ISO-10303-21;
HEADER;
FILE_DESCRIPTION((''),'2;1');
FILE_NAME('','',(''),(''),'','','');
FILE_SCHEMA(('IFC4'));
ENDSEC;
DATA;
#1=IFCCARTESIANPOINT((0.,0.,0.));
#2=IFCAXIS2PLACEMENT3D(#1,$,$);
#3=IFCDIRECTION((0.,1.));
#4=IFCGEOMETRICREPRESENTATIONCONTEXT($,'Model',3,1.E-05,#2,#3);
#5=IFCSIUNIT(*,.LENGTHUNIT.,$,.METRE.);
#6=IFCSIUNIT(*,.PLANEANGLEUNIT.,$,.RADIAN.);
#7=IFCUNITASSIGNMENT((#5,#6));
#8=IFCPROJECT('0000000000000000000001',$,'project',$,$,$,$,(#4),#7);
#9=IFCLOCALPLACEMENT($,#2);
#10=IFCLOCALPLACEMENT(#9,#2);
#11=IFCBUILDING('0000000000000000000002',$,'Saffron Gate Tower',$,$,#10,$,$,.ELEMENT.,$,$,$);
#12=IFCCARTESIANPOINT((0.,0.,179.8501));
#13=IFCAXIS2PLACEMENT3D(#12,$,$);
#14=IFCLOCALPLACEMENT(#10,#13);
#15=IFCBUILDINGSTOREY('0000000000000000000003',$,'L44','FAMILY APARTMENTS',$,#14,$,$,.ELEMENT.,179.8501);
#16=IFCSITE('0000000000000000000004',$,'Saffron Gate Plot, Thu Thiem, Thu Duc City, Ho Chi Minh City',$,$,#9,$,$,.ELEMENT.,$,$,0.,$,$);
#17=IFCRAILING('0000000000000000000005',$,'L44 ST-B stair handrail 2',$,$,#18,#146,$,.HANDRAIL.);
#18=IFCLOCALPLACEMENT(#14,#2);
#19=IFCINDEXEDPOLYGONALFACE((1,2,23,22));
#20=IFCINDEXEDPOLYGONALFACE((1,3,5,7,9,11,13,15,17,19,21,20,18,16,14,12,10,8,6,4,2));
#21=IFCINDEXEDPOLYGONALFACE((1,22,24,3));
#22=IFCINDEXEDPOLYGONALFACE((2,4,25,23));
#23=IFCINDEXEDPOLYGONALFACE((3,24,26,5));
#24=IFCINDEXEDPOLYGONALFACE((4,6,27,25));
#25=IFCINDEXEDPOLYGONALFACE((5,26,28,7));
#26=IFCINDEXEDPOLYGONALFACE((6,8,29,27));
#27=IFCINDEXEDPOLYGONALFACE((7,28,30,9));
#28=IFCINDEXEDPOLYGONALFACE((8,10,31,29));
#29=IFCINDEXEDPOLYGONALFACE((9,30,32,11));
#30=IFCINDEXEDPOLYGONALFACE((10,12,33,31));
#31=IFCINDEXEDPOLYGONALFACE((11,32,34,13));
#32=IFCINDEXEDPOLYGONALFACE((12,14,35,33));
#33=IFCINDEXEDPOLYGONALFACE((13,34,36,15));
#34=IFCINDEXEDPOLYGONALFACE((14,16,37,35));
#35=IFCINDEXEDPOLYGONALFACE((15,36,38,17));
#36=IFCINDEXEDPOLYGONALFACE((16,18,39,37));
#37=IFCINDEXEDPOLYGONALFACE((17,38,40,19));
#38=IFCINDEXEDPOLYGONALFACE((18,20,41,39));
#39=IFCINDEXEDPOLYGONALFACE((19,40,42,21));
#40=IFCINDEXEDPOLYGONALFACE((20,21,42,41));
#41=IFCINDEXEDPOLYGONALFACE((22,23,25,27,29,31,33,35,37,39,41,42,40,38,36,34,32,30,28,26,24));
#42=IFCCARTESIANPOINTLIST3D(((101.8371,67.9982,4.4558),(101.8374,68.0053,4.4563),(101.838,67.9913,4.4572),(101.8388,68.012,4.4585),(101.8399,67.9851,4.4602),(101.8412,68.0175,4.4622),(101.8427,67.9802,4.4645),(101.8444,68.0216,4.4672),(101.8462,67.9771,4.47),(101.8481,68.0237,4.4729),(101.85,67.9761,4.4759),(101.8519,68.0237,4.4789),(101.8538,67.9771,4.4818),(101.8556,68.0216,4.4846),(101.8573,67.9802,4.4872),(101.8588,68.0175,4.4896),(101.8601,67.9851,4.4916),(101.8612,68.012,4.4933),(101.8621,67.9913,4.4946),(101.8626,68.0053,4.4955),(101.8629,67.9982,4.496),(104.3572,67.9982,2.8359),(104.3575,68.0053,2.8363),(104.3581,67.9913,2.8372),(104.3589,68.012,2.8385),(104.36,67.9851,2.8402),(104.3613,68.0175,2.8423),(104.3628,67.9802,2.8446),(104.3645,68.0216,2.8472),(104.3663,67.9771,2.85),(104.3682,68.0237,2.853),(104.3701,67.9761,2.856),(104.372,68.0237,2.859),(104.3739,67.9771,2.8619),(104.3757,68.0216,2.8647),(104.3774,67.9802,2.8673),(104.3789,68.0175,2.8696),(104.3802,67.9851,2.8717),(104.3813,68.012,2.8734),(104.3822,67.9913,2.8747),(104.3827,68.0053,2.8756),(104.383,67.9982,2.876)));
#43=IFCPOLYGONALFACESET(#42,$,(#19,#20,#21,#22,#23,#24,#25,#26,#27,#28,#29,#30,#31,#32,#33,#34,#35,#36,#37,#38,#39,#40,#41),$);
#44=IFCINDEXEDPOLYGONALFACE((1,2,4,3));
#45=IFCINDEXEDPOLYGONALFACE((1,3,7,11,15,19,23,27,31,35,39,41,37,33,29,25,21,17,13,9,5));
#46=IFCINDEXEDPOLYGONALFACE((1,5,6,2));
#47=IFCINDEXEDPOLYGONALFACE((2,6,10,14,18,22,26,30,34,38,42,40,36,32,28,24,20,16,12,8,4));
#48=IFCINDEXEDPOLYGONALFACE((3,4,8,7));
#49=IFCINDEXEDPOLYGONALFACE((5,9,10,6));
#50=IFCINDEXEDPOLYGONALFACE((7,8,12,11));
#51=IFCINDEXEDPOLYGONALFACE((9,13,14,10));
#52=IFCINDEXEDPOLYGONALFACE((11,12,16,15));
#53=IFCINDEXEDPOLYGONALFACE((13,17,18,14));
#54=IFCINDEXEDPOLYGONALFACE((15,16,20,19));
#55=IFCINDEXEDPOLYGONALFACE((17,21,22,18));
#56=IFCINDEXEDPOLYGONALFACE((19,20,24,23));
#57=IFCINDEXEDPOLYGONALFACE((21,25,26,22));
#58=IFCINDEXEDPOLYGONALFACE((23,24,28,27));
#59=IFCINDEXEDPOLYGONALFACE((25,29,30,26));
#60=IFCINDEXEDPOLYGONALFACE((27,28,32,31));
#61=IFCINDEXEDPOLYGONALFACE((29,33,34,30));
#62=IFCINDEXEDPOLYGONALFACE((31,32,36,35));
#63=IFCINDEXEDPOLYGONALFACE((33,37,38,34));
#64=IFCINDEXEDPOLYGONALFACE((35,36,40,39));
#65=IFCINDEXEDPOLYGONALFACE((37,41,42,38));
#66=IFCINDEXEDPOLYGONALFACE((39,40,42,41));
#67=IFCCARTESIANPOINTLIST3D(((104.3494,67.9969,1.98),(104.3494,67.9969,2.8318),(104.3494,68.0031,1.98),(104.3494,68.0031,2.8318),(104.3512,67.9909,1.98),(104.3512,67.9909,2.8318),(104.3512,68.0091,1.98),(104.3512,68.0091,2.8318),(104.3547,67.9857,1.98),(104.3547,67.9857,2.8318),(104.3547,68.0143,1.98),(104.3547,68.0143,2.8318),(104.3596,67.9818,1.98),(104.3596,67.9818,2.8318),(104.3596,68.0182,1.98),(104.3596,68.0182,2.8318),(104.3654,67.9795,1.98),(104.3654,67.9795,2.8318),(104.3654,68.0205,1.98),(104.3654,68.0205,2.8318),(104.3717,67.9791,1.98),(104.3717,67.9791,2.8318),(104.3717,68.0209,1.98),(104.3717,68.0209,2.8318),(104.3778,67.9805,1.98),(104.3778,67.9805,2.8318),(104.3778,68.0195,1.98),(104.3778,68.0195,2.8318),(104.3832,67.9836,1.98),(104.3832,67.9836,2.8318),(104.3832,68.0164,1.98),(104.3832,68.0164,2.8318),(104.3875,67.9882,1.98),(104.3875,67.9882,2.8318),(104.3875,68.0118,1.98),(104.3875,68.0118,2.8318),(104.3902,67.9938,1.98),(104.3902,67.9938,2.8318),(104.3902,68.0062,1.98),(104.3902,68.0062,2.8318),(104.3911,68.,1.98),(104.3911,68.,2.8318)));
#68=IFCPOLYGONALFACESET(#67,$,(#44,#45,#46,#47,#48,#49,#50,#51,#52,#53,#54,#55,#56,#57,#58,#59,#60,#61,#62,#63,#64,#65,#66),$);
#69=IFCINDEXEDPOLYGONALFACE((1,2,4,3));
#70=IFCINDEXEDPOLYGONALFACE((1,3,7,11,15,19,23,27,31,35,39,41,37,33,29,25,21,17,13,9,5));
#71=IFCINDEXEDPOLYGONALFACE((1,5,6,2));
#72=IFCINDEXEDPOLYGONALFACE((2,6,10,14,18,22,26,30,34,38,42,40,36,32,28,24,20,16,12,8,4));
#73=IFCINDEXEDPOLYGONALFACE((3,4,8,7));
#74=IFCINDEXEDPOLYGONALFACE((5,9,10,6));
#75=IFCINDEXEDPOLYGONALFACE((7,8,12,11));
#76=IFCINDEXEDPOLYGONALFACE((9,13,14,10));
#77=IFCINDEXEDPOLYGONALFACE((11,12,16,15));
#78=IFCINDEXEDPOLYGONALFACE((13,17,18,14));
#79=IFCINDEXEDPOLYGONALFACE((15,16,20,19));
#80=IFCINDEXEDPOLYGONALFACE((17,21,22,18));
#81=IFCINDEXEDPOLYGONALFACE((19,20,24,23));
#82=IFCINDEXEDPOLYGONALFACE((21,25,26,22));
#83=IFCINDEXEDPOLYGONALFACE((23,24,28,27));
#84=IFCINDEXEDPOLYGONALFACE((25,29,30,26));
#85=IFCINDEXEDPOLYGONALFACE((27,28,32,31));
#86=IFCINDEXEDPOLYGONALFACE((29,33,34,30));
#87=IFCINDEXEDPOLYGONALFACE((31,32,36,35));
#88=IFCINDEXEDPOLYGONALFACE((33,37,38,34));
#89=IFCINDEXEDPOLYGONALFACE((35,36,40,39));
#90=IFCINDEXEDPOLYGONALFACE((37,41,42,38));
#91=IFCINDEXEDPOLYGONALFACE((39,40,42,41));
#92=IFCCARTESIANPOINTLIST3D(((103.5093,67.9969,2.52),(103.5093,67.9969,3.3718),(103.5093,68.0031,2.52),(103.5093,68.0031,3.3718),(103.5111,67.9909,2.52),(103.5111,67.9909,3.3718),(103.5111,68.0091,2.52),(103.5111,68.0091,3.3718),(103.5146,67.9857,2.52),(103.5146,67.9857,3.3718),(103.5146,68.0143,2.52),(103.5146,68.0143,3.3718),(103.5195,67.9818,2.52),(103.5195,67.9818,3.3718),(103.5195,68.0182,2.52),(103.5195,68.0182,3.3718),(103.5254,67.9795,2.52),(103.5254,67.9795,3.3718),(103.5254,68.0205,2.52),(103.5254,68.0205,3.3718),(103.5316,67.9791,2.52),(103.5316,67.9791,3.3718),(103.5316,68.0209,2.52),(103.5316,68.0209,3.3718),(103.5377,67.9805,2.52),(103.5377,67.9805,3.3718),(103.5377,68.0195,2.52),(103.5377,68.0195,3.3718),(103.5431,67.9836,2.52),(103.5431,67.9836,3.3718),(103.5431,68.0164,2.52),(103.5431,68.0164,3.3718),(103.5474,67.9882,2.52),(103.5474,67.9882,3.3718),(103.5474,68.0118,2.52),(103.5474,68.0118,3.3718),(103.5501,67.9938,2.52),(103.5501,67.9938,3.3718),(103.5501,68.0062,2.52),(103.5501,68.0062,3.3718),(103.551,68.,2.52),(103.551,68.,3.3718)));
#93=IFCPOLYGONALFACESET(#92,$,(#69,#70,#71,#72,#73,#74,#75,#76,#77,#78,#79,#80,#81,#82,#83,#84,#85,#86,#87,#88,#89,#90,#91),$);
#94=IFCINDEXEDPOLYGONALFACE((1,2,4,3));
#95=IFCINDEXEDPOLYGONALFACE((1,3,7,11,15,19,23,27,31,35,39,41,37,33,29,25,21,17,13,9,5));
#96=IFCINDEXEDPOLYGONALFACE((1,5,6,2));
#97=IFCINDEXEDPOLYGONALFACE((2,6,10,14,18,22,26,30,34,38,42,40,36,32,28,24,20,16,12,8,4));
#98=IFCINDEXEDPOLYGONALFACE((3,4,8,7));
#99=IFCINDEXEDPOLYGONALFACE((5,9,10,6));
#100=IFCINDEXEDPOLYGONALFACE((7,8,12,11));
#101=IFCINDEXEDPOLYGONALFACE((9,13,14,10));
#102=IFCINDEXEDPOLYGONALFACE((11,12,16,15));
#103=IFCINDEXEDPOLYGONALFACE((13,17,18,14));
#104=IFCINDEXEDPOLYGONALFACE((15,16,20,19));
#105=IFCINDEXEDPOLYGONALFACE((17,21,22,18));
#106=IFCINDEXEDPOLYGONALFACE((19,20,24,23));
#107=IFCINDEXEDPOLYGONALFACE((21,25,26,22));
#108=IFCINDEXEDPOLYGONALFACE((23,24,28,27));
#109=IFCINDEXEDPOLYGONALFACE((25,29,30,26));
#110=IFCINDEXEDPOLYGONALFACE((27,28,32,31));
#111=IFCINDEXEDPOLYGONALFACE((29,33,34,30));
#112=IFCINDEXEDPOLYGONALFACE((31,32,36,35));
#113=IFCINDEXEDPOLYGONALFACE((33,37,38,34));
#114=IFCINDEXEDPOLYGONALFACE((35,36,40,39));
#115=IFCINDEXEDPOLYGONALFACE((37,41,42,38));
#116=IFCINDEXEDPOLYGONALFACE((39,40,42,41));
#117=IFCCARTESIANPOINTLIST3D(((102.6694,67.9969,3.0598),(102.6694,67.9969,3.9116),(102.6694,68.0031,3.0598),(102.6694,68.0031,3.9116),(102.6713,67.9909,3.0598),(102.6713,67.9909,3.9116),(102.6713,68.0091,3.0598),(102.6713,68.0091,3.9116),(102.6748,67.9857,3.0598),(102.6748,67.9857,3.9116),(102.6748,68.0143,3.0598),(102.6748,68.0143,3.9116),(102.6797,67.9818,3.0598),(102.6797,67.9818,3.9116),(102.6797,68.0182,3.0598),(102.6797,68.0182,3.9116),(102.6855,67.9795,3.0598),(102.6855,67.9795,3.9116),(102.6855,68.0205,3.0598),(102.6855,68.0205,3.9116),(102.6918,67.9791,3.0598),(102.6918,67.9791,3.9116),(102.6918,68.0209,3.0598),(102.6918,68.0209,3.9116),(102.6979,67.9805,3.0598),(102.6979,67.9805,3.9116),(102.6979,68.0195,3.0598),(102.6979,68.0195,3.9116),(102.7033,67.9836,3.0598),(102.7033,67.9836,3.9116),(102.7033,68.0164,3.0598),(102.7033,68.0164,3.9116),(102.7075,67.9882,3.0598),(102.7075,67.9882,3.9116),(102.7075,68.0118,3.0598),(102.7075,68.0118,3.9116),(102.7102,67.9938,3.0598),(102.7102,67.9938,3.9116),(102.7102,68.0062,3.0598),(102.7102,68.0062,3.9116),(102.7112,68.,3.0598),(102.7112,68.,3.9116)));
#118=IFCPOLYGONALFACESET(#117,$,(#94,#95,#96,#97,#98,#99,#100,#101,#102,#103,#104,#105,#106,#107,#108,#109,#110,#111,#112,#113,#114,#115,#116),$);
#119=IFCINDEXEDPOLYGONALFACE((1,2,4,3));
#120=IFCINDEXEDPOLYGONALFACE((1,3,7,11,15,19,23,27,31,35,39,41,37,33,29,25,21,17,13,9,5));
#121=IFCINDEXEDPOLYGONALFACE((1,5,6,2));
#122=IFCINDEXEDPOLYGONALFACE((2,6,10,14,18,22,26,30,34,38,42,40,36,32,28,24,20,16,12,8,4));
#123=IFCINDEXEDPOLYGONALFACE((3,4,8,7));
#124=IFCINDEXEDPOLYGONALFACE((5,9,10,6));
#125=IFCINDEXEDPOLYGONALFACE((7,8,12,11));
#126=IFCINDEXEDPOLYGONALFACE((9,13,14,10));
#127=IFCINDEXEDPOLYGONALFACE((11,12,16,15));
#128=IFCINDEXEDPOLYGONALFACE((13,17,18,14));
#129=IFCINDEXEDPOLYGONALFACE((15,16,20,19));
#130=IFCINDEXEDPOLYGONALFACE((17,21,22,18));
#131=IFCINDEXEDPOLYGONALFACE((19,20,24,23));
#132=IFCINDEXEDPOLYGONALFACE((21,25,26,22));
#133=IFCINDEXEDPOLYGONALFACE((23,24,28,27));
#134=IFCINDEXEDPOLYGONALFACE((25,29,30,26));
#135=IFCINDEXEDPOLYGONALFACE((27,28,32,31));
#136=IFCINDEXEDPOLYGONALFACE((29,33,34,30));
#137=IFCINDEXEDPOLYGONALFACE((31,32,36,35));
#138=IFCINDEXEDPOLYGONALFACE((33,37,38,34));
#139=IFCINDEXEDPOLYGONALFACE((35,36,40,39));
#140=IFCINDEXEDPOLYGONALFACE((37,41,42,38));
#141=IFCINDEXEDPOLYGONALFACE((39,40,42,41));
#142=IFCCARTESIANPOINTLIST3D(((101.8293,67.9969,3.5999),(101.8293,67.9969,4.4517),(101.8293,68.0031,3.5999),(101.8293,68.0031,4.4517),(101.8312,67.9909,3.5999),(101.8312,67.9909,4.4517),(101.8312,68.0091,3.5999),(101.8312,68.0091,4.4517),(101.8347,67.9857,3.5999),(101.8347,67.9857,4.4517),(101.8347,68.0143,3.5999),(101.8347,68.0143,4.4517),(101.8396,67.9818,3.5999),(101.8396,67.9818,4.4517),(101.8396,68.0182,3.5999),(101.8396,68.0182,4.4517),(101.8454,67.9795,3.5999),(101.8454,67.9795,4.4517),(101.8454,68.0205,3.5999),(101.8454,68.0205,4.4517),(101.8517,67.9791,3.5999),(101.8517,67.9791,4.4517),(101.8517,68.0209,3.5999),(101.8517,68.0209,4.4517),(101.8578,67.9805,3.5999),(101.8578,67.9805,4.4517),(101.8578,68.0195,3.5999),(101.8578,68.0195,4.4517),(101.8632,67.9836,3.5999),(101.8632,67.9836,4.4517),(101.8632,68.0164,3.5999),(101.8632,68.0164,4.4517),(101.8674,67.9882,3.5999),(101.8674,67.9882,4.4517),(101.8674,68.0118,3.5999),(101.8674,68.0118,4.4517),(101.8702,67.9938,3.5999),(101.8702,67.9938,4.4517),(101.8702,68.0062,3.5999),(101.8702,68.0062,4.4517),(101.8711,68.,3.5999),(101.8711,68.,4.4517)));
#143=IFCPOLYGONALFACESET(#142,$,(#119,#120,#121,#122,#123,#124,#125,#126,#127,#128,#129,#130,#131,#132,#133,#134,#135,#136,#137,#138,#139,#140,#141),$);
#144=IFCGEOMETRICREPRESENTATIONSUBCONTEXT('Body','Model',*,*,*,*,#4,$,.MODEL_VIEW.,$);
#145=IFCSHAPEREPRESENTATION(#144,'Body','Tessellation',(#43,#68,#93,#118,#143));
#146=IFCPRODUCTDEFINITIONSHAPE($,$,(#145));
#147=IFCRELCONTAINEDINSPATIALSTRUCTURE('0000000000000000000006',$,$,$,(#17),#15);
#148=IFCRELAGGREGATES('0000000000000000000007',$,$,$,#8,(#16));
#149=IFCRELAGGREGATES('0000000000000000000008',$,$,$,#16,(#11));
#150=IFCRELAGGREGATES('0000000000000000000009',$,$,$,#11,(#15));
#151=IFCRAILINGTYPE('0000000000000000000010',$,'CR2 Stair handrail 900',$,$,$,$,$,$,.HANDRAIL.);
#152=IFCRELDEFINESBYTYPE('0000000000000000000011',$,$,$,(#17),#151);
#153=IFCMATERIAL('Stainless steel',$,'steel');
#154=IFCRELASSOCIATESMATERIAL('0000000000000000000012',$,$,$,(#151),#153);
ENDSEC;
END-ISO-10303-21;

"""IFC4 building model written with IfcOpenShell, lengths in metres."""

from ifc_helpers import new_model, si_unit, direction, frame, origin, origin_2d, place, context, subcontext, project, spatial, circle, extrude, material, type_object, element, save


model = new_model("IFC4")

# Units and contexts
model_context = context("Model", 3, precision=1e-05, world=origin(), true_north=direction((0.0, 1.0)))
body_context = subcontext(model_context, "Body", "Model", "MODEL_VIEW")
ifc_project = project(units=[si_unit("LENGTHUNIT", "METRE"), si_unit("PLANEANGLEUNIT", "RADIAN")], contexts=[model_context])

# Site, building, storey
site_placement = place(None, origin())
site = spatial("IfcSite", under=ifc_project, at=site_placement, Name="Saffron Gate Plot, Thu Thiem, Thu Duc City, Ho Chi Minh City", CompositionType="ELEMENT", RefElevation=0.0)
building_placement = place(site_placement, origin())
building = spatial("IfcBuilding", under=site, at=building_placement, Name="Saffron Gate Tower", CompositionType="ELEMENT")
storey_placement = place(building_placement, frame((0.0, 0.0, 179.8501)))
storey = spatial("IfcBuildingStorey", under=building, at=storey_placement, Name="L44", Description="FAMILY APARTMENTS", CompositionType="ELEMENT", Elevation=179.8501)

# Railing
ifc_material_1 = material(Name="Stainless steel", Category="steel")
railing_type_1 = type_object("IfcRailingType", Name="CR2 Stair handrail 900", PredefinedType="HANDRAIL", material=ifc_material_1)
for number, where, name in (
    (1, (104.3701, 68.0, 1.98), "L44 ST-B stair handrail 2"),
):
    element("IfcRailing", number, at=place(storey_placement, frame(where)), inside=storey, type_object=railing_type_1, Name=name, PredefinedType="HANDRAIL", context=body_context, shape_type="SweptSolid", body=[
        extrude(circle(Radius=0.0239, at=origin_2d()), frame((0.0, 0.0, 0.876), z_axis=(-0.8412, 0.0, 0.540725), x_axis=(0.0, -1.0, 0.0)), (0.0, 0.0, 1.0), 2.9958),
        extrude(circle(Radius=0.021, at=origin_2d()), origin(), (0.0, 0.0, 1.0), 0.8518),
        extrude(circle(Radius=0.021, at=origin_2d()), frame((-0.8401, 0.0, 0.54)), (0.0, 0.0, 1.0), 0.8518),
        extrude(circle(Radius=0.021, at=origin_2d()), frame((-1.6799, 0.0, 1.0798)), (0.0, 0.0, 1.0), 0.8518),
        extrude(circle(Radius=0.021, at=origin_2d()), frame((-2.52, 0.0, 1.6199)), (0.0, 0.0, 1.0), 0.8518),
    ])

save(model, "model.ifc")
